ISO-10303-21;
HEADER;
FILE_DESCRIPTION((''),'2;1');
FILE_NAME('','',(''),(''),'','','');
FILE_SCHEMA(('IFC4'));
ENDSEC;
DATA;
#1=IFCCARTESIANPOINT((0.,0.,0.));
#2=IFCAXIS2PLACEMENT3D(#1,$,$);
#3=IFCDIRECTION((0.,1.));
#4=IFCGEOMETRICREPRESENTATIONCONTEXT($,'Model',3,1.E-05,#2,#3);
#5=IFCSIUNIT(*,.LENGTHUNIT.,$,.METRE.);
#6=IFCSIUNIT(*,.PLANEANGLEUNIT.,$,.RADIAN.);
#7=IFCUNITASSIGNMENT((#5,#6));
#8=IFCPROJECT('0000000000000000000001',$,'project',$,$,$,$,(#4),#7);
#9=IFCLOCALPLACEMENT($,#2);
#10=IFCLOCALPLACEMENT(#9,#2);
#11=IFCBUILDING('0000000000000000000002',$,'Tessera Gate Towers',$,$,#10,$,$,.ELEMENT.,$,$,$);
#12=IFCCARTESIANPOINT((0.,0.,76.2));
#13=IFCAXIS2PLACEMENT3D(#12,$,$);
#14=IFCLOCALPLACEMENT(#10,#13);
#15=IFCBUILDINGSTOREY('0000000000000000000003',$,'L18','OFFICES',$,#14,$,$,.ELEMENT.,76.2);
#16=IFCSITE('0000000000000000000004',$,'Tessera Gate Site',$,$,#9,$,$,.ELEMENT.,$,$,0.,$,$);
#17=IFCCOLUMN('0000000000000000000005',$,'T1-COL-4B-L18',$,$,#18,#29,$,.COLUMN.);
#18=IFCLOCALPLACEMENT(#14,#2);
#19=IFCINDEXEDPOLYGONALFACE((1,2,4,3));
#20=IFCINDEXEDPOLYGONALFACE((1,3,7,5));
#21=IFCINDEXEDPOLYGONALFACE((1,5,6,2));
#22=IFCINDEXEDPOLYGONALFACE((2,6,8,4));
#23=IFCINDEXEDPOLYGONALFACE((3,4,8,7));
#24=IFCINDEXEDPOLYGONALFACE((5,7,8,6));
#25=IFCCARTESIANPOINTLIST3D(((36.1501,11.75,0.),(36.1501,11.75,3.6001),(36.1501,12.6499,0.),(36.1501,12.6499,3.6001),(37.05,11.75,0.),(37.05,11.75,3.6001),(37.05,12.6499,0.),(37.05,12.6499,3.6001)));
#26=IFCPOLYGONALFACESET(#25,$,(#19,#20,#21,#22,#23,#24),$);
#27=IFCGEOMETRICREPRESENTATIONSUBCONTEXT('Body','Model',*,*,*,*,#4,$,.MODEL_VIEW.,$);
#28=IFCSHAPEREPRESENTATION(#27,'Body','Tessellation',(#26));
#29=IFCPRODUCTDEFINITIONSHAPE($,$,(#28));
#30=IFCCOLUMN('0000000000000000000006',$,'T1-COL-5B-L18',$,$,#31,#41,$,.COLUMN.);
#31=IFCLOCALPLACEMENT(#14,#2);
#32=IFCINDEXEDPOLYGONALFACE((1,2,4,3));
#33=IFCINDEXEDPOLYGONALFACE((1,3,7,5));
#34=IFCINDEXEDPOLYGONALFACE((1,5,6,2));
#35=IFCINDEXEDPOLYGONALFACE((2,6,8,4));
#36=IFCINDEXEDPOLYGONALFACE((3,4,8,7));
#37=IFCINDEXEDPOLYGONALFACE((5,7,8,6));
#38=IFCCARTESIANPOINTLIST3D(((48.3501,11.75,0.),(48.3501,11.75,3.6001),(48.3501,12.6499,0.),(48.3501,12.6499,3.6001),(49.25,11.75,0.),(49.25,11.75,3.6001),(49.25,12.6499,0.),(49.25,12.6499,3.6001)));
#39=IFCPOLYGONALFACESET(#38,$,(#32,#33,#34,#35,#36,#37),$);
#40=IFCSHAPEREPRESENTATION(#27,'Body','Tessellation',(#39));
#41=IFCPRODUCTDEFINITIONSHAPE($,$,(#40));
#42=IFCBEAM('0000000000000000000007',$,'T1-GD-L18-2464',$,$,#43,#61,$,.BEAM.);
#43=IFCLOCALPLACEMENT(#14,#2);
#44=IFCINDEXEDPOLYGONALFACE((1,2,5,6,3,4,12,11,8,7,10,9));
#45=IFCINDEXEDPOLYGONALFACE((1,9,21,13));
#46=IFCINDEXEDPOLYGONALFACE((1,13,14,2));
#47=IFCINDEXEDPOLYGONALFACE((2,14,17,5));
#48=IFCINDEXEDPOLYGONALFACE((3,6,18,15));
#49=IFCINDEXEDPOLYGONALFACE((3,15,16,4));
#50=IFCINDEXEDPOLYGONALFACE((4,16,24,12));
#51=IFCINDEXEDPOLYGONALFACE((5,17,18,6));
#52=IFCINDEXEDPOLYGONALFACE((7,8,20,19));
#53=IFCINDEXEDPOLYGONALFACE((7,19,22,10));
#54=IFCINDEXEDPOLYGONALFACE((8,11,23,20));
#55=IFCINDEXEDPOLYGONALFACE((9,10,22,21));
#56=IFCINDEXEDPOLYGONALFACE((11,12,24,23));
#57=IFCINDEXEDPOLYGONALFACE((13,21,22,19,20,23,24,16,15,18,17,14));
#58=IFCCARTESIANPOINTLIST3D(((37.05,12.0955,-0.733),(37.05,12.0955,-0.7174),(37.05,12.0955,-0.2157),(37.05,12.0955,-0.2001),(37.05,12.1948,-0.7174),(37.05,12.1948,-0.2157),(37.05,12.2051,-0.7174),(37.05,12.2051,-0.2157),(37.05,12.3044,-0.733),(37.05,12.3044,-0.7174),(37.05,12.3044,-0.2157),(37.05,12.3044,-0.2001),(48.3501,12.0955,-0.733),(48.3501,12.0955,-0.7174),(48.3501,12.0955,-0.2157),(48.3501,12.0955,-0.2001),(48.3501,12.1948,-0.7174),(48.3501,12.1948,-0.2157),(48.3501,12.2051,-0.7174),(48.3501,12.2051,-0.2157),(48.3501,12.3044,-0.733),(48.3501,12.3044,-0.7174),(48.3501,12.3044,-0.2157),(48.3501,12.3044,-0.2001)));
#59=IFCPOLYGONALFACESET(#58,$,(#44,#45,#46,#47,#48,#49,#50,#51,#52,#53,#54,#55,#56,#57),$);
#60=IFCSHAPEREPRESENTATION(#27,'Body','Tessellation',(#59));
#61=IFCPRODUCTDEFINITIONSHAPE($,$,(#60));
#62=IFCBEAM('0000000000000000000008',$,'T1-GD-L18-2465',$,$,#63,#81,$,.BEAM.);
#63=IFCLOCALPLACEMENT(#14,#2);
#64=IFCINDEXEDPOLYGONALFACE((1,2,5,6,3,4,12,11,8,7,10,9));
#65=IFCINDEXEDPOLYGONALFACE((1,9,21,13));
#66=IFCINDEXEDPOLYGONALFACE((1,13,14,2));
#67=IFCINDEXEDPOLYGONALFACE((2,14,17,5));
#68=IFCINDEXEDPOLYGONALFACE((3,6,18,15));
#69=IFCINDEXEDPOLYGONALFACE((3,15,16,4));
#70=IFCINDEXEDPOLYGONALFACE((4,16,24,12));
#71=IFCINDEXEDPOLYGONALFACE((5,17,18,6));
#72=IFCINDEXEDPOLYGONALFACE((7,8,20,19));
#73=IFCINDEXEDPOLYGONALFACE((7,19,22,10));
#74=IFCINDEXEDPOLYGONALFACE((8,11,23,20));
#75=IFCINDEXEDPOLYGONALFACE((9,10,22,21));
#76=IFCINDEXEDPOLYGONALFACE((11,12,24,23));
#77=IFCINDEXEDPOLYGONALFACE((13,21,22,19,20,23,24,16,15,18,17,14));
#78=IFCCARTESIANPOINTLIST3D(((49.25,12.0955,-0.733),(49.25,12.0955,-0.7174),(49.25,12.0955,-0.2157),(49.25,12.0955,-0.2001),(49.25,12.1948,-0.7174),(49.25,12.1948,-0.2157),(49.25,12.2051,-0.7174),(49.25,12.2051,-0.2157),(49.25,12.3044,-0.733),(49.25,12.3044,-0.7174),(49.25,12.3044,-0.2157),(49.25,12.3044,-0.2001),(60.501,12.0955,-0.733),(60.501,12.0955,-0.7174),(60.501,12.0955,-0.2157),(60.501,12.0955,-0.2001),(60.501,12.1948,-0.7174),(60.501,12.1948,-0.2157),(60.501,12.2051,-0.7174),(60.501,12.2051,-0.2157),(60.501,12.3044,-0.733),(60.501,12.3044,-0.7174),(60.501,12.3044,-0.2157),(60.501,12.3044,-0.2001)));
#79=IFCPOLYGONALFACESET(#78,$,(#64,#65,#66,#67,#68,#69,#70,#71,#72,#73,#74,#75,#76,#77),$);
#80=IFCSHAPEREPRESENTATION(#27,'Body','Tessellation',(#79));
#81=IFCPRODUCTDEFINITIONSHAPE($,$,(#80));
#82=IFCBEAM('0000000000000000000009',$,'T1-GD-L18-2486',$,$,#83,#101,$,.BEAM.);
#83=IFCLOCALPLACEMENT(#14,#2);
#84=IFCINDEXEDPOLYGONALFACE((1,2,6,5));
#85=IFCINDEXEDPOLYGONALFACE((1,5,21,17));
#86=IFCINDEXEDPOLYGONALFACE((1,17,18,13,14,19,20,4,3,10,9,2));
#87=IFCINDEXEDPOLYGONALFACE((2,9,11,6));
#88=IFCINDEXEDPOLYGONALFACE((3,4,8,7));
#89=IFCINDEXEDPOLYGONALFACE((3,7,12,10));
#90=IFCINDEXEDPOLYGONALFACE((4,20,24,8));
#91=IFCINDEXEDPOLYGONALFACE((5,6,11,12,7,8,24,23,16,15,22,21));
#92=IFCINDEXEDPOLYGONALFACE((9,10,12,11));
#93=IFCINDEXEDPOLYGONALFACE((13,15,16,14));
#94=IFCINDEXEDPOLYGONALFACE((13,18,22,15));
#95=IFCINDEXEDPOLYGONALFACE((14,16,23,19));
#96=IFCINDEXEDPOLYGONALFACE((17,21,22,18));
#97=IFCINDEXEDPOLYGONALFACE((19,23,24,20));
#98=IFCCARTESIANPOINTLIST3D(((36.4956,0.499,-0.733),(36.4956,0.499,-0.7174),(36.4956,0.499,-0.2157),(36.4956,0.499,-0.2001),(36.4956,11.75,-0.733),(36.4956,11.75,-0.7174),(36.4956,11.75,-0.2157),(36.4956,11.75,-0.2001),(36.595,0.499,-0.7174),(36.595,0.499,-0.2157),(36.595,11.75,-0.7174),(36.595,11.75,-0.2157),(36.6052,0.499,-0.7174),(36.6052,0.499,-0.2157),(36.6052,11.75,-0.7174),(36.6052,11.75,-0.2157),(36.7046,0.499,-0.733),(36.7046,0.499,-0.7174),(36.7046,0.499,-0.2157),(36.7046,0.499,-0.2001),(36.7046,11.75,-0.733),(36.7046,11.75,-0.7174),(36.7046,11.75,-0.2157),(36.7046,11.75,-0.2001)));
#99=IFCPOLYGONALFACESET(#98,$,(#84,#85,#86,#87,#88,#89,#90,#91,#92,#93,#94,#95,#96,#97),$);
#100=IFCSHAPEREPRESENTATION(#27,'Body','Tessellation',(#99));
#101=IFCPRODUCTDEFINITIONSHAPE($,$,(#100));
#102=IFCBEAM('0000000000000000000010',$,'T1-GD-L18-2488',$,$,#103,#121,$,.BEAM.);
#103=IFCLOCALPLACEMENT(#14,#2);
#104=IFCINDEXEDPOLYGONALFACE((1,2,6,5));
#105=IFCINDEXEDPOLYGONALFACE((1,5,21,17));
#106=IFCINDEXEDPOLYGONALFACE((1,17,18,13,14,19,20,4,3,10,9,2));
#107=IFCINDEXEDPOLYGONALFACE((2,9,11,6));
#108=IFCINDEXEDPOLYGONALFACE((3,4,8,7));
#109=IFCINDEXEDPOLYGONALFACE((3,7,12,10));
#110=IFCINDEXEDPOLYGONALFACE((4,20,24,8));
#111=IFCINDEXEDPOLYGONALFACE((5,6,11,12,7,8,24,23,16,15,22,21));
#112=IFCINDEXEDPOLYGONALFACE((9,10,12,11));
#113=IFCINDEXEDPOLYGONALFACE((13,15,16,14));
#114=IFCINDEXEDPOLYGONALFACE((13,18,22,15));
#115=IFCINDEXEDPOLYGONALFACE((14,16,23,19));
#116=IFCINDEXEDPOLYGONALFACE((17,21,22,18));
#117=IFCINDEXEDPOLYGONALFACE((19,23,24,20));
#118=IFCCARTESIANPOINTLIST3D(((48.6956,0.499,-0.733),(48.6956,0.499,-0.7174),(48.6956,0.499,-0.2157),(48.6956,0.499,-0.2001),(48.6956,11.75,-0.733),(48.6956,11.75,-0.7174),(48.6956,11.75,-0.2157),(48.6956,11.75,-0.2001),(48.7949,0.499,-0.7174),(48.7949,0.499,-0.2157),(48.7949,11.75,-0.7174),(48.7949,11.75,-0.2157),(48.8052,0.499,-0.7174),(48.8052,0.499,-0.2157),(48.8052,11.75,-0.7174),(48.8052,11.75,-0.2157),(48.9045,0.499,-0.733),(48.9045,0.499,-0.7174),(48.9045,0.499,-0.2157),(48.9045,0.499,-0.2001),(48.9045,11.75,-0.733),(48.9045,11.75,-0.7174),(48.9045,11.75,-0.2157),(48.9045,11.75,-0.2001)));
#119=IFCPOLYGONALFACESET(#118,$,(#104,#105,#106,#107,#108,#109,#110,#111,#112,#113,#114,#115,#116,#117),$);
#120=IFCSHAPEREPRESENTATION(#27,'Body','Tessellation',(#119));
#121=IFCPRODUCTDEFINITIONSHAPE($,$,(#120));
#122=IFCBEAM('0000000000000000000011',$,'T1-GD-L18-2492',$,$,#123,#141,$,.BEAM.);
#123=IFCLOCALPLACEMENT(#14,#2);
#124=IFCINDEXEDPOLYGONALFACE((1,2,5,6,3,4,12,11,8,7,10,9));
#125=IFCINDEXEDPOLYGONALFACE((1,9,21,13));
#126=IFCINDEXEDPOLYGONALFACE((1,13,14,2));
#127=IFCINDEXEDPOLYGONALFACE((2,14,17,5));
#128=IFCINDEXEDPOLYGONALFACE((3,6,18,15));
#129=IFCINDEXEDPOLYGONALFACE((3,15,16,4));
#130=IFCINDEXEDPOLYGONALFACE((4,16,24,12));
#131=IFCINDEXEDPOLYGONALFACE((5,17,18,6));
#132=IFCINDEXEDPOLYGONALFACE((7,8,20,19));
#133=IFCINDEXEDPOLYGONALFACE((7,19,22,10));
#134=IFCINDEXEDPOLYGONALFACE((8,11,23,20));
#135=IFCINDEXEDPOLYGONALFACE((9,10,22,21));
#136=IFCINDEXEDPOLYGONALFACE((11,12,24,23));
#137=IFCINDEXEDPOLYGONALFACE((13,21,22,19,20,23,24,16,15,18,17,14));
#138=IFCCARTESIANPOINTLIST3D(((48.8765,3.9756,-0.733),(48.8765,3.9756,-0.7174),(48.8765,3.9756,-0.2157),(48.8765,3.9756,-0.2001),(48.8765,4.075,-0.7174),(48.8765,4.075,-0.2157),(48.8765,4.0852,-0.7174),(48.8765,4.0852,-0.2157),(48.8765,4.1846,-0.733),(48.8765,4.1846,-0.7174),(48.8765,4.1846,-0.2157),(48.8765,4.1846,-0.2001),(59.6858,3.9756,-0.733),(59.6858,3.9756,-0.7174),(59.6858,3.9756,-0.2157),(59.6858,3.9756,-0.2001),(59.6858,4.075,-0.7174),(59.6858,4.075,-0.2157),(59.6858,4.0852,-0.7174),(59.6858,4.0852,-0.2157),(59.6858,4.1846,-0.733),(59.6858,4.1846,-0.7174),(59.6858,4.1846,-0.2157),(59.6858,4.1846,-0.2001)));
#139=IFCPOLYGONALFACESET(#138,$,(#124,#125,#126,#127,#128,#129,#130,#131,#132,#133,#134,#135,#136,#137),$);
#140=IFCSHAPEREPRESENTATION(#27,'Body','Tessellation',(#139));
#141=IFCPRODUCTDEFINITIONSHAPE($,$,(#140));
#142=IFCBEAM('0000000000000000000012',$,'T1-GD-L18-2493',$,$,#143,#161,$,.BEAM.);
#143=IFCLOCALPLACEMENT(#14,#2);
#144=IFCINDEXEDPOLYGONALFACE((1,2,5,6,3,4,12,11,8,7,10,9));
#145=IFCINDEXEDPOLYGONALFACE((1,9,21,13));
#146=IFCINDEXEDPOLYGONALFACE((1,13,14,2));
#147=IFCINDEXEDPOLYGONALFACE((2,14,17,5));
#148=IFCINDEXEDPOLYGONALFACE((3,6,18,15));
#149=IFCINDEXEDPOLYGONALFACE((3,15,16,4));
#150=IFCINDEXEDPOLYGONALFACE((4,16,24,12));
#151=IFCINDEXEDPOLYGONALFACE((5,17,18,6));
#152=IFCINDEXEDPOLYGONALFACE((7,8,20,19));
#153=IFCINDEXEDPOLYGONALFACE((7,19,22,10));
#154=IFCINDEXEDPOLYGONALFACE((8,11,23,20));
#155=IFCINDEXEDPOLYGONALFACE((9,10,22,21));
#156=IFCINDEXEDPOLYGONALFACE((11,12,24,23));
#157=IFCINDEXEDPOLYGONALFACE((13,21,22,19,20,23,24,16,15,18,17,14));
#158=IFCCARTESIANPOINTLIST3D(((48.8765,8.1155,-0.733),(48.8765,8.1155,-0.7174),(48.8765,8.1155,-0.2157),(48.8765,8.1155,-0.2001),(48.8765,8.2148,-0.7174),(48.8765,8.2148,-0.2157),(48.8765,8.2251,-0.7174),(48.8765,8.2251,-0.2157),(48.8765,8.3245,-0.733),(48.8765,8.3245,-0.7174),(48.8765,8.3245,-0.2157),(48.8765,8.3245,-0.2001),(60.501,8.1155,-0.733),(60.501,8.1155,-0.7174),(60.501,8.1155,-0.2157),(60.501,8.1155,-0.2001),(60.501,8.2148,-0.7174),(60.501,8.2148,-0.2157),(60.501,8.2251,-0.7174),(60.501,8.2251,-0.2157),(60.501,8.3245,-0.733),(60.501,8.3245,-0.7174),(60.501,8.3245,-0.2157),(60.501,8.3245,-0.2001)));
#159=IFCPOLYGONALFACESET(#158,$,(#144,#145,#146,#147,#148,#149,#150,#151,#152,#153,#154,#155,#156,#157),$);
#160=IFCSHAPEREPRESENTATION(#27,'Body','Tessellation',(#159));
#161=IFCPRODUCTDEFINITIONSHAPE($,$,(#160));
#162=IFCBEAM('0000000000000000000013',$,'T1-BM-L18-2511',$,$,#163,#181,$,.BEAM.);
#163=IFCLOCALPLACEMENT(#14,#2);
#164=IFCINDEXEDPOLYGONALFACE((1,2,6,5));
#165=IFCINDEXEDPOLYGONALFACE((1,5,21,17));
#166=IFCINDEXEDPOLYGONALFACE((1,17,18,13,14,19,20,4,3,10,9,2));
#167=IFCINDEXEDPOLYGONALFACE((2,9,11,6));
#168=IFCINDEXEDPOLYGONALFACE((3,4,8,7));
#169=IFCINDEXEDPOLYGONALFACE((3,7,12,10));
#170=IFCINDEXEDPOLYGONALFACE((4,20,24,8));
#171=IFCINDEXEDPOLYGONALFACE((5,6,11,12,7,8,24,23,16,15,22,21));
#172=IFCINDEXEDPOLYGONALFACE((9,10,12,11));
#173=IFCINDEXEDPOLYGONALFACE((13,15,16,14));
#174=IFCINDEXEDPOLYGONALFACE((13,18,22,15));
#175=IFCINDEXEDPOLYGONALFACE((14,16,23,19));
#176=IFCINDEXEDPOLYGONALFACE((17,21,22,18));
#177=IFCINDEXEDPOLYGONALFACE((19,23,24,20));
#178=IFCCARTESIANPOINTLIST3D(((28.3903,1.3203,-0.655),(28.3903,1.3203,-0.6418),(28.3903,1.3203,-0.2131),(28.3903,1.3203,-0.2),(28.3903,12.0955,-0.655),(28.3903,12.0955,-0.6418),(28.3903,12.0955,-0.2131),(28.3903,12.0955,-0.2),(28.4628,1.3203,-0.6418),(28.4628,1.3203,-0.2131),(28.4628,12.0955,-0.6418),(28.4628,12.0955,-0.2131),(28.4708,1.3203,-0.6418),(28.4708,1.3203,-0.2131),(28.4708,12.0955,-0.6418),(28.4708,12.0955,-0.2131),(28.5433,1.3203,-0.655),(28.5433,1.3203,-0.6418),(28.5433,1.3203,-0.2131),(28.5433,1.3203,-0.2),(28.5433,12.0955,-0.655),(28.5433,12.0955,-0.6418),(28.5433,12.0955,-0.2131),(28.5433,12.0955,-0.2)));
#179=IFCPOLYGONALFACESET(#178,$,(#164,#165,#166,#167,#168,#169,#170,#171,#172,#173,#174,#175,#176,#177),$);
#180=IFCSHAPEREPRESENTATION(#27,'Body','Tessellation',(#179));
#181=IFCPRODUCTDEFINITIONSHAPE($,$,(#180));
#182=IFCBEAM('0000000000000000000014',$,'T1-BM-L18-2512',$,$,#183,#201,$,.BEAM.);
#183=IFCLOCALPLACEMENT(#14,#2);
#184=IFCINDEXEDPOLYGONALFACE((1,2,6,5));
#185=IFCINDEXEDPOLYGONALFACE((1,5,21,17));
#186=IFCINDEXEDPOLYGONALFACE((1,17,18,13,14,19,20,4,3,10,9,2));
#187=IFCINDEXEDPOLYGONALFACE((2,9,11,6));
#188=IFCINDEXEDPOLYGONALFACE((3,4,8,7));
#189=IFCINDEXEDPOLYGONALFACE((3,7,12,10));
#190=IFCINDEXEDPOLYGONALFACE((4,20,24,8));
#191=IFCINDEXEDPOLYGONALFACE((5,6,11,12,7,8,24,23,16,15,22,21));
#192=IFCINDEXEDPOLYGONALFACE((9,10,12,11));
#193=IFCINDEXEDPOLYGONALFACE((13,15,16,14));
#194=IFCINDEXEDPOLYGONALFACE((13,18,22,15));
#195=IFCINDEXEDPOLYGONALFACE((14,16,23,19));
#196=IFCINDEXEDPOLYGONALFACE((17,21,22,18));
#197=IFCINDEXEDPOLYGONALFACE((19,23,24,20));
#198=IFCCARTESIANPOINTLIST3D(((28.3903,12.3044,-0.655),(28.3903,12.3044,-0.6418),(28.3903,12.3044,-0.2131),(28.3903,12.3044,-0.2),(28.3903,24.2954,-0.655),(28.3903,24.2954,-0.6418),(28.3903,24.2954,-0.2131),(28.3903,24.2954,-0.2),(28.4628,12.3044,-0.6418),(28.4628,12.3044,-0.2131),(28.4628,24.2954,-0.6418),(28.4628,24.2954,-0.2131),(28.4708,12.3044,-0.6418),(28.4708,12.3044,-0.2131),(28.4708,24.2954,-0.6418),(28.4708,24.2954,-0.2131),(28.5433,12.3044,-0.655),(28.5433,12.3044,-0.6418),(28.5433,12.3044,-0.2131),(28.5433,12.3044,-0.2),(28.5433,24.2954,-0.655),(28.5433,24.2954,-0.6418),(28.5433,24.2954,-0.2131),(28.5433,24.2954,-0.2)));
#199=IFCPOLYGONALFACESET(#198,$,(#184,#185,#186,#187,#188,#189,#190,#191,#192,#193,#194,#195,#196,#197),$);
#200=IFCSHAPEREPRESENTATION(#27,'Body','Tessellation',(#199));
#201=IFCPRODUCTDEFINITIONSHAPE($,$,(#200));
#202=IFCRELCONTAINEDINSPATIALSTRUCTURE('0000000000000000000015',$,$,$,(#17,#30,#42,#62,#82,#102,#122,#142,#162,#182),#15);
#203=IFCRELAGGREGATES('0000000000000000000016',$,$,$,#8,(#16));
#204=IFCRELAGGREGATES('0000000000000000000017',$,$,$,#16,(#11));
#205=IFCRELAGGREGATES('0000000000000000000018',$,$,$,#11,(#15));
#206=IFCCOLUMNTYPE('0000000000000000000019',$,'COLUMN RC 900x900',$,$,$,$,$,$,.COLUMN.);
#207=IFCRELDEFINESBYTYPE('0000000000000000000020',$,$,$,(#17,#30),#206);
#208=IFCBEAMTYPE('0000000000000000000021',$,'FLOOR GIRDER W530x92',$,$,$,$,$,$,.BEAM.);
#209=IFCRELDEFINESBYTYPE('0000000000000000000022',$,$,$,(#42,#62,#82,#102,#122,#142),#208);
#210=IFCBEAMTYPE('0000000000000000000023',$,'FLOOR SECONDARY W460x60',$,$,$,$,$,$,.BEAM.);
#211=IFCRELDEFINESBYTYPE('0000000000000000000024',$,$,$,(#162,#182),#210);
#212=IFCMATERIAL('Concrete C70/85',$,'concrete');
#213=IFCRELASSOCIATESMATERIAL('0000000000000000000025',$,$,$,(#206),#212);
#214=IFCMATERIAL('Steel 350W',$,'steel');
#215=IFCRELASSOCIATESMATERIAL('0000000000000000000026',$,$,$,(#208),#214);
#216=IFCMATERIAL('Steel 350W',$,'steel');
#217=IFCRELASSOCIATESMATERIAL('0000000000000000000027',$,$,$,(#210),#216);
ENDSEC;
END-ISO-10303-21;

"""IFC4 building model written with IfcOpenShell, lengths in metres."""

from ifc_helpers import new_model, si_unit, direction, frame, origin, origin_2d, place, context, subcontext, project, spatial, rectangle, i_section, extrude, material, material_profile, profile_set, type_object, element, save


model = new_model("IFC4")

# Units and contexts
model_context = context("Model", 3, precision=1e-05, world=origin(), true_north=direction((0.0, 1.0)))
body_context = subcontext(model_context, "Body", "Model", "MODEL_VIEW")
ifc_project = project(units=[si_unit("LENGTHUNIT", "METRE"), si_unit("PLANEANGLEUNIT", "RADIAN")], contexts=[model_context])

# Site, building, storey
site_placement = place(None, origin())
site = spatial("IfcSite", under=ifc_project, at=site_placement, Name="Tessera Gate Site", CompositionType="ELEMENT", RefElevation=0.0)
building_placement = place(site_placement, origin())
building = spatial("IfcBuilding", under=site, at=building_placement, Name="Tessera Gate Towers", CompositionType="ELEMENT")
storey_placement = place(building_placement, frame((0.0, 0.0, 76.2)))
storey = spatial("IfcBuildingStorey", under=building, at=storey_placement, Name="L18", Description="OFFICES", CompositionType="ELEMENT", Elevation=76.2)

# Columns
ifc_material_1 = material(Name="Concrete C70/85", Category="concrete")
ifc_material_profile_1 = material_profile(ifc_material_1, rectangle(XDim=0.8999, YDim=0.8999, at=origin_2d()), Name="RC 900x900")
ifc_profile_set_1 = profile_set([ifc_material_profile_1], Name="Concrete C70/85")
column_type = type_object("IfcColumnType", Name="COLUMN RC 900x900", PredefinedType="COLUMN", material=ifc_profile_set_1)
for number, where, z_axis, x_axis, name in (
    (1, (36.6001, 12.2, 0.0), (0.0, 0.0, 1.0), (1.0, 0.0, 0.0), "T1-COL-4B-L18"),
    (2, (48.8, 12.2, 0.0), (0.0, 0.0, 1.0), (1.0, 0.0, 0.0), "T1-COL-5B-L18"),
):
    element("IfcColumn", number, at=place(storey_placement, frame(where, z_axis=z_axis, x_axis=x_axis)), inside=storey, type_object=column_type, Name=name, PredefinedType="COLUMN", context=body_context, shape_type="SweptSolid", body=[
        extrude(rectangle(XDim=0.8999, YDim=0.8999, at=origin_2d()), origin(), (0.0, 0.0, 1.0), 3.6001),
    ])

# Beams
ifc_material_2 = material(Name="Steel 350W", Category="steel")
ifc_material_profile_2 = material_profile(ifc_material_2, i_section(OverallWidth=0.209, OverallDepth=0.533, WebThickness=0.0103, FlangeThickness=0.0156, at=origin_2d()), Name="W530x92")
ifc_profile_set_2 = profile_set([ifc_material_profile_2], Name="Steel 350W")
beam_type_1 = type_object("IfcBeamType", Name="FLOOR GIRDER W530x92", PredefinedType="BEAM", material=ifc_profile_set_2)
beam_1_placement = place(storey_placement, frame((37.05, 12.2, -0.4666), z_axis=(1.0, 0.0, 0.0), x_axis=(0.0, 1.0, 0.0)))
element("IfcBeam", 3, at=beam_1_placement, inside=storey, type_object=beam_type_1, Name="T1-GD-L18-2464", PredefinedType="BEAM", context=body_context, shape_type="SweptSolid", body=[
    extrude(i_section(OverallWidth=0.209, OverallDepth=0.533, WebThickness=0.0103, FlangeThickness=0.0156, at=origin_2d()), origin(), (0.0, 0.0, 1.0), 11.3),
])
for number, where, z_axis, x_axis, name in (
    (4, (49.25, 12.2, -0.4666), (1.0, 0.0, 0.0), (0.0, 1.0, 0.0), "T1-GD-L18-2465"),
    (5, (36.6001, 0.499, -0.4666), (0.0, 1.0, 0.0), (-1.0, 0.0, 0.0), "T1-GD-L18-2486"),
    (6, (48.8, 0.499, -0.4666), (0.0, 1.0, 0.0), (-1.0, 0.0, 0.0), "T1-GD-L18-2488"),
):
    element("IfcBeam", number, at=place(storey_placement, frame(where, z_axis=z_axis, x_axis=x_axis)), inside=storey, type_object=beam_type_1, Name=name, PredefinedType="BEAM", context=body_context, shape_type="SweptSolid", body=[
        extrude(i_section(OverallWidth=0.209, OverallDepth=0.533, WebThickness=0.0103, FlangeThickness=0.0156, at=origin_2d()), origin(), (0.0, 0.0, 1.0), 11.251),
    ])
beam_2_placement = place(storey_placement, frame((48.8765, 4.0801, -0.4666), z_axis=(1.0, 0.0, 0.0), x_axis=(0.0, 1.0, 0.0)))
element("IfcBeam", 7, at=beam_2_placement, inside=storey, type_object=beam_type_1, Name="T1-GD-L18-2492", PredefinedType="BEAM", context=body_context, shape_type="SweptSolid", body=[
    extrude(i_section(OverallWidth=0.209, OverallDepth=0.533, WebThickness=0.0103, FlangeThickness=0.0156, at=origin_2d()), origin(), (0.0, 0.0, 1.0), 10.8093),
])
beam_3_placement = place(storey_placement, frame((48.8765, 8.22, -0.4666), z_axis=(1.0, 0.0, 0.0), x_axis=(0.0, 1.0, 0.0)))
element("IfcBeam", 8, at=beam_3_placement, inside=storey, type_object=beam_type_1, Name="T1-GD-L18-2493", PredefinedType="BEAM", context=body_context, shape_type="SweptSolid", body=[
    extrude(i_section(OverallWidth=0.209, OverallDepth=0.533, WebThickness=0.0103, FlangeThickness=0.0156, at=origin_2d()), origin(), (0.0, 0.0, 1.0), 11.6245),
])
ifc_material_3 = material(Name="Steel 350W", Category="steel")
ifc_material_profile_3 = material_profile(ifc_material_3, i_section(OverallWidth=0.1531, OverallDepth=0.4551, WebThickness=0.0081, FlangeThickness=0.0132, at=origin_2d()), Name="W460x60")
ifc_profile_set_3 = profile_set([ifc_material_profile_3], Name="Steel 350W")
beam_type_2 = type_object("IfcBeamType", Name="FLOOR SECONDARY W460x60", PredefinedType="BEAM", material=ifc_profile_set_3)
beam_4_placement = place(storey_placement, frame((28.4668, 1.3203, -0.4275), z_axis=(0.0, 1.0, 0.0), x_axis=(-1.0, 0.0, 0.0)))
element("IfcBeam", 9, at=beam_4_placement, inside=storey, type_object=beam_type_2, Name="T1-BM-L18-2511", PredefinedType="BEAM", context=body_context, shape_type="SweptSolid", body=[
    extrude(i_section(OverallWidth=0.1531, OverallDepth=0.4551, WebThickness=0.0081, FlangeThickness=0.0132, at=origin_2d()), origin(), (0.0, 0.0, 1.0), 10.7751),
])
beam_5_placement = place(storey_placement, frame((28.4668, 12.3044, -0.4275), z_axis=(0.0, 1.0, 0.0), x_axis=(-1.0, 0.0, 0.0)))
element("IfcBeam", 10, at=beam_5_placement, inside=storey, type_object=beam_type_2, Name="T1-BM-L18-2512", PredefinedType="BEAM", context=body_context, shape_type="SweptSolid", body=[
    extrude(i_section(OverallWidth=0.1531, OverallDepth=0.4551, WebThickness=0.0081, FlangeThickness=0.0132, at=origin_2d()), origin(), (0.0, 0.0, 1.0), 11.991),
])

save(model, "model.ifc")
